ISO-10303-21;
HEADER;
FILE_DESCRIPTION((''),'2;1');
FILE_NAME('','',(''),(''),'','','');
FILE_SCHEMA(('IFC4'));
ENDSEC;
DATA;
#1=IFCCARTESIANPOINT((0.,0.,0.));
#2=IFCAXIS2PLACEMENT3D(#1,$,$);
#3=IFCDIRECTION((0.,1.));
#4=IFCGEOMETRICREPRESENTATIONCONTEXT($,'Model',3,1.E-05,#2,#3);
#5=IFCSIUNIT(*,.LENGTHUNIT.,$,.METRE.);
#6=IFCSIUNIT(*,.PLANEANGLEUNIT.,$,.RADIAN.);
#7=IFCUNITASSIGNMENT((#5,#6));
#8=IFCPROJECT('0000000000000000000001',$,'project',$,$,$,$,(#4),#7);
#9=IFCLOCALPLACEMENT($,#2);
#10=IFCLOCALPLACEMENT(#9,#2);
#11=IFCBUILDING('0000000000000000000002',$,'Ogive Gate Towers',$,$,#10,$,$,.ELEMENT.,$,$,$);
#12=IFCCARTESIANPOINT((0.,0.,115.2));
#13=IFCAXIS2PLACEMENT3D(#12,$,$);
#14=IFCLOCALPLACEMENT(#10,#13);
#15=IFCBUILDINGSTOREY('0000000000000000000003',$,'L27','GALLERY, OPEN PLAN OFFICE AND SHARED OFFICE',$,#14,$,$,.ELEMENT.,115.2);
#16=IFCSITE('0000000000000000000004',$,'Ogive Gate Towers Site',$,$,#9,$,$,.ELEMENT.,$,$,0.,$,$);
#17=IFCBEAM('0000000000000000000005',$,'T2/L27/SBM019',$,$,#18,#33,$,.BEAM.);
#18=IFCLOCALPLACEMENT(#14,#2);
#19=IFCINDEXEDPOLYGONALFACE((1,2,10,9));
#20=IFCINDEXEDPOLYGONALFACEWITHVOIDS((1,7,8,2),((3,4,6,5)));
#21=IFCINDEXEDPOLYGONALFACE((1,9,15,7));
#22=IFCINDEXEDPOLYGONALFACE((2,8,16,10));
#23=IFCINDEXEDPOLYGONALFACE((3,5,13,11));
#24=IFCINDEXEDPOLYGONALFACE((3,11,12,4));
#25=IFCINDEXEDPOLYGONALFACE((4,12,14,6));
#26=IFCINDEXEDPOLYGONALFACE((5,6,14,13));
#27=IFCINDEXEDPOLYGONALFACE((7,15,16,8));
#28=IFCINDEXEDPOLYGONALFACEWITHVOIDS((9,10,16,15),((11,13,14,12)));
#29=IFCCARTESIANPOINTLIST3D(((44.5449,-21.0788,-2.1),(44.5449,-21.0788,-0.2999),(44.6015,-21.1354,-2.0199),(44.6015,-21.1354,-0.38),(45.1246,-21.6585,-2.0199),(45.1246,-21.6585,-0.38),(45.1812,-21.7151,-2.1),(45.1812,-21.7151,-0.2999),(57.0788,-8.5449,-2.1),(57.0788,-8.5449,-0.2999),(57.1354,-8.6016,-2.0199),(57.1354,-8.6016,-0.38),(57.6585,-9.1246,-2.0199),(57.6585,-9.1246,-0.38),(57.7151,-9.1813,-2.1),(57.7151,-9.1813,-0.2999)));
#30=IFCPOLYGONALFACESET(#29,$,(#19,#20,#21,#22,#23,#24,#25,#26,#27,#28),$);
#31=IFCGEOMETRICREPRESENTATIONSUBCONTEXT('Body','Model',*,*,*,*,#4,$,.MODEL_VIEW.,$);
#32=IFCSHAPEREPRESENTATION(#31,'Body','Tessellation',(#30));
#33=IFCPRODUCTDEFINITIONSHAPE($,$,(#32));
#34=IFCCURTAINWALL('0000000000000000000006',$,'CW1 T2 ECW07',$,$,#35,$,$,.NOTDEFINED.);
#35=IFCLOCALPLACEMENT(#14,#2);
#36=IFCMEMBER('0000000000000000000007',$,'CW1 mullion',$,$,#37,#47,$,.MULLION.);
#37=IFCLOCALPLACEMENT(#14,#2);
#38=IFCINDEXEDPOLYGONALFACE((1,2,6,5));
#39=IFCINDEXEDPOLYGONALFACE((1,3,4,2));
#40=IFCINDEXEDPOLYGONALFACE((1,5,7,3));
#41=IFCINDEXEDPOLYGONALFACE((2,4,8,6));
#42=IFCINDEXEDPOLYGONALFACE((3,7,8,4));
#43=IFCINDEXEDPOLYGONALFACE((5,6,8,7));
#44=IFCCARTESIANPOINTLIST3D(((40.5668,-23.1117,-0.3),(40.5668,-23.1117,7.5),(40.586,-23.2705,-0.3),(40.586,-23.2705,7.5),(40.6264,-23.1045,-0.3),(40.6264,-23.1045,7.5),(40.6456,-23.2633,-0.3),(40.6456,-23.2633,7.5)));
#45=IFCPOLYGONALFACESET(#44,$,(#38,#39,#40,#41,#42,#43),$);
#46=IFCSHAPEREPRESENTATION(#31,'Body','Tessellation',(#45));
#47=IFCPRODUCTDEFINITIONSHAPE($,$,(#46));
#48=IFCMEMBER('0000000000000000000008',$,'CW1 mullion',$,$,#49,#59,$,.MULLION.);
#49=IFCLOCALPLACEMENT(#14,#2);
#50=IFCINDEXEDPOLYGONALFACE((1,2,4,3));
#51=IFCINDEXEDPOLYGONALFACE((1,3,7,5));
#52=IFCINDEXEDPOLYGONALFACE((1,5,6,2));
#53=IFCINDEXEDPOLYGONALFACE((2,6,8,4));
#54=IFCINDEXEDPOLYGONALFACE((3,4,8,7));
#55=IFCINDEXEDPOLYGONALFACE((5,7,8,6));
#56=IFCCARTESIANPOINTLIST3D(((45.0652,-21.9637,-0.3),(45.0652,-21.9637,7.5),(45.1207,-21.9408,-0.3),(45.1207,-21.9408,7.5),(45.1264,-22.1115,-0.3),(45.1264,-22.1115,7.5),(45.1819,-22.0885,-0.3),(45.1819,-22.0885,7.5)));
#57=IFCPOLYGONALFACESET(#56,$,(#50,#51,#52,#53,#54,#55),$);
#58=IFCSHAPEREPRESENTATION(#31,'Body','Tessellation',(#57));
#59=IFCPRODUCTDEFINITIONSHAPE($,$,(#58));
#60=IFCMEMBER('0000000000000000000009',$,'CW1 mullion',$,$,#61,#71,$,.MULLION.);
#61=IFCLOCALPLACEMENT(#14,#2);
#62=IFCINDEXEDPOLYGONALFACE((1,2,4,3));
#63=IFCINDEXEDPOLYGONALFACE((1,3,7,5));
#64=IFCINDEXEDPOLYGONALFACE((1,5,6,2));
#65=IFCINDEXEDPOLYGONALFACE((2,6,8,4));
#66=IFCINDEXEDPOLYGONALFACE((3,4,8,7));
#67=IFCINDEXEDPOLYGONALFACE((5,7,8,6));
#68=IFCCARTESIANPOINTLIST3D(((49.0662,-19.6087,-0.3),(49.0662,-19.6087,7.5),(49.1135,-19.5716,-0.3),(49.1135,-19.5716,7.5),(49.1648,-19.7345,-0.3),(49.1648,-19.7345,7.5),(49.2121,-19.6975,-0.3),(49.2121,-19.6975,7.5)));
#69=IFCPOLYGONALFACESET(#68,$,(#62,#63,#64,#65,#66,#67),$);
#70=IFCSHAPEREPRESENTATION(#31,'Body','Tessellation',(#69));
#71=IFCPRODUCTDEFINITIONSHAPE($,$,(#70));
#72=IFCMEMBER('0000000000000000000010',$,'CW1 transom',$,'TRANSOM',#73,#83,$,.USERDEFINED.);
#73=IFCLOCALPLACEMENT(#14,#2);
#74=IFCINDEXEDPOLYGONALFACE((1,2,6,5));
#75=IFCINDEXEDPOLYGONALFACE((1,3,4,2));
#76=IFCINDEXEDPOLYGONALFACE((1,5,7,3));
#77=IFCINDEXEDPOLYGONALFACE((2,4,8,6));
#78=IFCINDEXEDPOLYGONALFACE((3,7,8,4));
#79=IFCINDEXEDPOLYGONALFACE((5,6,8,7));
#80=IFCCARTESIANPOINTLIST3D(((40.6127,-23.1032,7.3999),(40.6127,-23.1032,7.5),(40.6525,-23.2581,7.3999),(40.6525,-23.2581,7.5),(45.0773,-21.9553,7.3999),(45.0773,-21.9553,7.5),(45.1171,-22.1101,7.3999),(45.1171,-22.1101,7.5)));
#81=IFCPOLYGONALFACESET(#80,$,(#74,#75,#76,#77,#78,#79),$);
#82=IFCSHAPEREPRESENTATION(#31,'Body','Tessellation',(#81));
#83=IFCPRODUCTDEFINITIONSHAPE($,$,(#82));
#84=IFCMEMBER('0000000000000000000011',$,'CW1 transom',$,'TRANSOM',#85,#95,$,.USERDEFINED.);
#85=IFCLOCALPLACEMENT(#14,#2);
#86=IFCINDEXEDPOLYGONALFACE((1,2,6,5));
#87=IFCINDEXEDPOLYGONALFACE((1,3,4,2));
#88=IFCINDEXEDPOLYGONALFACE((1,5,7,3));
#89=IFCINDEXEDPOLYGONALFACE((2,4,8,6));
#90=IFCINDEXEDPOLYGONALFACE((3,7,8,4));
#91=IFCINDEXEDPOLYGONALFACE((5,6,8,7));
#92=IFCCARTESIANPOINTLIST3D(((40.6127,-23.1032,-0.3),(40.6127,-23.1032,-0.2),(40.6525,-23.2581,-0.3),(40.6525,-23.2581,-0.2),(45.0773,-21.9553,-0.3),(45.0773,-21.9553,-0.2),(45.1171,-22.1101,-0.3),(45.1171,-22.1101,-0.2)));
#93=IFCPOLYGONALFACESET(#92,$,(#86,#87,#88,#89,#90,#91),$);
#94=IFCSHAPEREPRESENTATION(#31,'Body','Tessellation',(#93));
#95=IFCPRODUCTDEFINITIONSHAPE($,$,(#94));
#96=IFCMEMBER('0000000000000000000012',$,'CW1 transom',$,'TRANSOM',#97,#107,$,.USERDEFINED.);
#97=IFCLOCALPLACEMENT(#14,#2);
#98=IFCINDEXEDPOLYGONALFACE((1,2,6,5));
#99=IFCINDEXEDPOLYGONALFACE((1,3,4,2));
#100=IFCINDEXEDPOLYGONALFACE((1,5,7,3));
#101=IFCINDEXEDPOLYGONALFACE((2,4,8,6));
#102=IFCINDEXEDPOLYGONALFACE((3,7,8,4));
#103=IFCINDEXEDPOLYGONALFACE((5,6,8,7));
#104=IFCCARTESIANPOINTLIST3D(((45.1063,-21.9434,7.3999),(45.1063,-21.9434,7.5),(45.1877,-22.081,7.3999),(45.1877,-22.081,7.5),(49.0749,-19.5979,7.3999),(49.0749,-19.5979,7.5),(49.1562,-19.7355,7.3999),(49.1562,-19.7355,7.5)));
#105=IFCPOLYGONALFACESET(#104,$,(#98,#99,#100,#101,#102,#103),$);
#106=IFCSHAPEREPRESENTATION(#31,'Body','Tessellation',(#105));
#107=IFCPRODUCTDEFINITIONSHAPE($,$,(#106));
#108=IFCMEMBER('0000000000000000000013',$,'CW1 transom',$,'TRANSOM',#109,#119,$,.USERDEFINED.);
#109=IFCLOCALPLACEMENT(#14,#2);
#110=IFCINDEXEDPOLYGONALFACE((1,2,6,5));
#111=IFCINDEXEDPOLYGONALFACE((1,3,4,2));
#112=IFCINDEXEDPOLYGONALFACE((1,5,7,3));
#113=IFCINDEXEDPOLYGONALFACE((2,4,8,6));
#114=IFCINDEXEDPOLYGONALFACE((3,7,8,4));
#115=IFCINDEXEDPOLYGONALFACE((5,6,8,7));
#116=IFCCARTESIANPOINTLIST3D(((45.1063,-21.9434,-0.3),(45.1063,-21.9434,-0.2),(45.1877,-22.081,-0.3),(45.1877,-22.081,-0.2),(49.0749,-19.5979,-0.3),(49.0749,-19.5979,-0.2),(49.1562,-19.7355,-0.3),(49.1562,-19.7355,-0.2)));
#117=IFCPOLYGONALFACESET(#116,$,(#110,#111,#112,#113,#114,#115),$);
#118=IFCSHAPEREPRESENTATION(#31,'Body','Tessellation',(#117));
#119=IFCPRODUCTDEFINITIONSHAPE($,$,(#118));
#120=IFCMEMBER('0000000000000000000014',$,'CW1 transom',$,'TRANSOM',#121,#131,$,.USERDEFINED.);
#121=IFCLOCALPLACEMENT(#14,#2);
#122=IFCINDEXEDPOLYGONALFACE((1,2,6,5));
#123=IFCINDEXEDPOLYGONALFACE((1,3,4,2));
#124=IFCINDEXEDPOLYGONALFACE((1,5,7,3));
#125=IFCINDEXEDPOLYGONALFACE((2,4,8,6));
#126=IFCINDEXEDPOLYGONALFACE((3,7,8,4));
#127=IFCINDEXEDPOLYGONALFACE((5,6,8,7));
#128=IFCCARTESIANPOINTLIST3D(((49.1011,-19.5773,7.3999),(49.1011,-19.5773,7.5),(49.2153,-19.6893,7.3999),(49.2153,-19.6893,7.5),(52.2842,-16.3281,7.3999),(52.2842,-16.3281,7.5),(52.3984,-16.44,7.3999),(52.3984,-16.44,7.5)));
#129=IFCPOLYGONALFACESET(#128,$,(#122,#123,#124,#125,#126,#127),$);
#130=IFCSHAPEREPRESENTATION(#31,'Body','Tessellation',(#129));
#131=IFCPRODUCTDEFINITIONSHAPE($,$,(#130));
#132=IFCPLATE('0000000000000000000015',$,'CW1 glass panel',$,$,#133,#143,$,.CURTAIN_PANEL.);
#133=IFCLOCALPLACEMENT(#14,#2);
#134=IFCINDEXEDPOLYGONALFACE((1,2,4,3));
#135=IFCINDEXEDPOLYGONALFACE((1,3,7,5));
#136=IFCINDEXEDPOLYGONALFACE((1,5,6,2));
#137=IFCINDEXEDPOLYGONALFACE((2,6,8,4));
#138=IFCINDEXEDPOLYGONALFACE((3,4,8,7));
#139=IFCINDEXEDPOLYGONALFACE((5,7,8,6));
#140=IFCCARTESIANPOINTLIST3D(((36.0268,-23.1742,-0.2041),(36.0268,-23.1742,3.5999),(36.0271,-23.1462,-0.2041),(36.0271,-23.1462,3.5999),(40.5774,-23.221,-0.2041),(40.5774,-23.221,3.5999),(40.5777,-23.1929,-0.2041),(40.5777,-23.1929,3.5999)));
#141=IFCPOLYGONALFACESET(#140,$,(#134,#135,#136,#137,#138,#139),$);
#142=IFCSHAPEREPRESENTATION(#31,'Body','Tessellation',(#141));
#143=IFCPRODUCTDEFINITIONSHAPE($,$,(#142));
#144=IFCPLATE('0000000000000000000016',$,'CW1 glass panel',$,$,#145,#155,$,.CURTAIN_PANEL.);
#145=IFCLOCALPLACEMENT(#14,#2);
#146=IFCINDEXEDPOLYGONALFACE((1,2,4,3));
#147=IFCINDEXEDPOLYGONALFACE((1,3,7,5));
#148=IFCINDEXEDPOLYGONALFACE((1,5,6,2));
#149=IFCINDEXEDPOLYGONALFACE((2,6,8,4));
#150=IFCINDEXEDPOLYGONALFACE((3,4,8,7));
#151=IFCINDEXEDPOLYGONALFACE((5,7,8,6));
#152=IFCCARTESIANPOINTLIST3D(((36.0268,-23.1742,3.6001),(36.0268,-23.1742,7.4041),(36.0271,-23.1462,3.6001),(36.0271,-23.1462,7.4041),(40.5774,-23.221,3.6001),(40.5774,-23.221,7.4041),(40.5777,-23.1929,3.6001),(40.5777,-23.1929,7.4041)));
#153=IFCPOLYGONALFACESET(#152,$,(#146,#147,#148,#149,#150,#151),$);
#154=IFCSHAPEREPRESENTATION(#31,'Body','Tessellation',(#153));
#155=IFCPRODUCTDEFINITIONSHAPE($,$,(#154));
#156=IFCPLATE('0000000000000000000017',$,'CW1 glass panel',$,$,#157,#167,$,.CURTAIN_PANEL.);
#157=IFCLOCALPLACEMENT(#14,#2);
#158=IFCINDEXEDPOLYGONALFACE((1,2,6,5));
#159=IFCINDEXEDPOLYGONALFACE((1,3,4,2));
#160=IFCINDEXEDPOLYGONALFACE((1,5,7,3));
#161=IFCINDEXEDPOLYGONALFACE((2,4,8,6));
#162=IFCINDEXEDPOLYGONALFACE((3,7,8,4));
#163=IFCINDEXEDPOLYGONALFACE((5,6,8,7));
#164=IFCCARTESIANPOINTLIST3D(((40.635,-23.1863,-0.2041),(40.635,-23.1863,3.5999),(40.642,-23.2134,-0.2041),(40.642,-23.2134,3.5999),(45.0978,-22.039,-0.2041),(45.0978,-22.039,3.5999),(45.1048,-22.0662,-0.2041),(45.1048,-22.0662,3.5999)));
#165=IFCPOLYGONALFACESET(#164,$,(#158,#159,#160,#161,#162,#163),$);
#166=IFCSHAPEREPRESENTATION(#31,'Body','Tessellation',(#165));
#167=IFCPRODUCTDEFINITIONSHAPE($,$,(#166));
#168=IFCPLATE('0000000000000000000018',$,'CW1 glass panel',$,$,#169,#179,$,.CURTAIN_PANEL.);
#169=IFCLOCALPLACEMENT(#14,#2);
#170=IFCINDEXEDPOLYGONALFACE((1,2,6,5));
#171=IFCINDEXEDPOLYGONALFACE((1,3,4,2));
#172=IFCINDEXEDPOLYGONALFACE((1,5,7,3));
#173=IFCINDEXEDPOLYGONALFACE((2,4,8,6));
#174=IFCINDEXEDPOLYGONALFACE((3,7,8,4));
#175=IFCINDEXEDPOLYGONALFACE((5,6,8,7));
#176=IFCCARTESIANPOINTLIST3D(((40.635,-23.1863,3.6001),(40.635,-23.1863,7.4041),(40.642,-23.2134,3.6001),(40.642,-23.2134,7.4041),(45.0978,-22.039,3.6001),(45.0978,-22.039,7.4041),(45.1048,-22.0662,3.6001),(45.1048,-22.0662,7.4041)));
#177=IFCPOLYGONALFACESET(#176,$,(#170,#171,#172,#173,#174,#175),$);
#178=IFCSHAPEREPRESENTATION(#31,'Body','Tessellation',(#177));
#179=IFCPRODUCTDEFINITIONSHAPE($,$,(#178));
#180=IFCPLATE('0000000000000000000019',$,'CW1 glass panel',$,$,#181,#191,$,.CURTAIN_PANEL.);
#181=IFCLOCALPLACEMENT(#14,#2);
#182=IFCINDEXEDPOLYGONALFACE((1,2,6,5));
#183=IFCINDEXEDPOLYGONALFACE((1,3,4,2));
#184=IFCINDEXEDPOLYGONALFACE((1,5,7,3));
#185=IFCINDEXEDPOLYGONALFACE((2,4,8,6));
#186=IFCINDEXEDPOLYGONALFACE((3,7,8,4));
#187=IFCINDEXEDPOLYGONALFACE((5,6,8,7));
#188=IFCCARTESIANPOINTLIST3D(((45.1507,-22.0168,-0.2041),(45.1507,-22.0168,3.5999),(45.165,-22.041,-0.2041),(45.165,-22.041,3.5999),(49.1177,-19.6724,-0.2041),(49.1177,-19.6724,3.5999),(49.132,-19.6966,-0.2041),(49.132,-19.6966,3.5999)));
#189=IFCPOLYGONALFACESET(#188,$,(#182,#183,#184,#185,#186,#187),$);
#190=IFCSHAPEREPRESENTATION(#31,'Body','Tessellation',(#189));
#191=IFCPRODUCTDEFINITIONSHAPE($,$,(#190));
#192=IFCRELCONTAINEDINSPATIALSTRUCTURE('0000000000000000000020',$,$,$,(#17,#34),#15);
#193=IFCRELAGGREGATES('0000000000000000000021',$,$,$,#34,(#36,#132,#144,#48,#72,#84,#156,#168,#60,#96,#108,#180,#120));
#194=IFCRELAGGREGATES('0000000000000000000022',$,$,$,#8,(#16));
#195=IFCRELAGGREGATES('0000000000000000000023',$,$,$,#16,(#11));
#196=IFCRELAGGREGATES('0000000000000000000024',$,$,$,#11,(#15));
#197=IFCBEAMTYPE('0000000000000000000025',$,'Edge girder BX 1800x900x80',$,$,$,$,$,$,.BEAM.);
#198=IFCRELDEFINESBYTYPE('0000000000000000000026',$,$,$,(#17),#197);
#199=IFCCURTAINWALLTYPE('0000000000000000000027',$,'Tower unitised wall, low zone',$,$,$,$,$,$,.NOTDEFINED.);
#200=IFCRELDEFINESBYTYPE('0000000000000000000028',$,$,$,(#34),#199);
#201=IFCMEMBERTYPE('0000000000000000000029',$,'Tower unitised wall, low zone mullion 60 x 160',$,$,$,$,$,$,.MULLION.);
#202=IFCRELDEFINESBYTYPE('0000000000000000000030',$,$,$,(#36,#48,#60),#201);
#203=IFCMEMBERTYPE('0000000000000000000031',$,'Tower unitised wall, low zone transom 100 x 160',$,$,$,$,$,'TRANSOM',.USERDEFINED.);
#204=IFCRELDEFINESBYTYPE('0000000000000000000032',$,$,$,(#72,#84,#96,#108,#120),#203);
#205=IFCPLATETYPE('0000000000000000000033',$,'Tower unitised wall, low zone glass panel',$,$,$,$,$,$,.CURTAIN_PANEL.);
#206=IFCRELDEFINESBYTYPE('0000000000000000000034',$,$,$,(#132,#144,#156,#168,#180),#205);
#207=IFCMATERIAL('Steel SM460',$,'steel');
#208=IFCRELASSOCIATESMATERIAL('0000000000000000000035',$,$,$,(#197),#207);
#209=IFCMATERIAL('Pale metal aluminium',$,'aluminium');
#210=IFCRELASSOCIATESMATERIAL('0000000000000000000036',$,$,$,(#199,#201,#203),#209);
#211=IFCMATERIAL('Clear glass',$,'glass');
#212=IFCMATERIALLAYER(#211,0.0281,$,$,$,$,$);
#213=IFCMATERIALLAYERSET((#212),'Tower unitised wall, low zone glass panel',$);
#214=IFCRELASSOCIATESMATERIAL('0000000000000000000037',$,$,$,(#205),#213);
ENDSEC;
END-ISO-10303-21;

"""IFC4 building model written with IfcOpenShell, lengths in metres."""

from ifc_helpers import new_model, si_unit, direction, frame, origin, origin_2d, place, context, subcontext, project, spatial, rectangle, hollow_rectangle, extrude, material, layer, layer_set, material_profile, profile_set, type_object, element, aggregate, save


model = new_model("IFC4")

# Units and contexts
model_context = context("Model", 3, precision=1e-05, world=origin(), true_north=direction((0.0, 1.0)))
body_context = subcontext(model_context, "Body", "Model", "MODEL_VIEW")
ifc_project = project(units=[si_unit("LENGTHUNIT", "METRE"), si_unit("PLANEANGLEUNIT", "RADIAN")], contexts=[model_context])

# Site, building, storey
site_placement = place(None, origin())
site = spatial("IfcSite", under=ifc_project, at=site_placement, Name="Ogive Gate Towers Site", CompositionType="ELEMENT", RefElevation=0.0)
building_placement = place(site_placement, origin())
building = spatial("IfcBuilding", under=site, at=building_placement, Name="Ogive Gate Towers", CompositionType="ELEMENT")
storey_placement = place(building_placement, frame((0.0, 0.0, 115.2)))
storey = spatial("IfcBuildingStorey", under=building, at=storey_placement, Name="L27", Description="GALLERY, OPEN PLAN OFFICE AND SHARED OFFICE", CompositionType="ELEMENT", Elevation=115.2)

# Beam
ifc_material_1 = material(Name="Steel SM460", Category="steel")
ifc_material_profile_1 = material_profile(ifc_material_1, hollow_rectangle(XDim=0.8999, YDim=1.8, WallThickness=0.0801, at=origin_2d()), Name="BX 1800x900x80")
ifc_profile_set_1 = profile_set([ifc_material_profile_1], Name="Steel SM460")
beam_type = type_object("IfcBeamType", Name="Edge girder BX 1800x900x80", PredefinedType="BEAM", material=ifc_profile_set_1)
beam_placement = place(storey_placement, frame((44.863, -21.397, -1.2), z_axis=(0.707107, 0.707107, 0.0), x_axis=(-0.707107, 0.707107, 0.0)))
element("IfcBeam", 1, at=beam_placement, inside=storey, type_object=beam_type, Name="T2/L27/SBM019", PredefinedType="BEAM", context=body_context, shape_type="SweptSolid", body=[
    extrude(hollow_rectangle(XDim=0.8999, YDim=1.8, WallThickness=0.0801, at=origin_2d()), origin(), (0.0, 0.0, 1.0), 17.7256),
])

# Curtain wall, members, plates
ifc_material_2 = material(Name="Pale metal aluminium", Category="aluminium")
curtain_wall_type = type_object("IfcCurtainWallType", Name="Tower unitised wall, low zone", PredefinedType="NOTDEFINED", material=ifc_material_2)
curtain_wall_placement = place(storey_placement, origin())
curtain_wall = element("IfcCurtainWall", 2, at=curtain_wall_placement, inside=storey, type_object=curtain_wall_type, Name="CW1 T2 ECW07", PredefinedType="NOTDEFINED")
ifc_material_profile_2 = material_profile(ifc_material_2, rectangle(XDim=0.1599, YDim=0.0601, at=origin_2d()), Name="60 x 160 aluminium box")
ifc_profile_set_2 = profile_set([ifc_material_profile_2], Name="Pale metal aluminium")
member_type_1 = type_object("IfcMemberType", Name="Tower unitised wall, low zone mullion 60 x 160", PredefinedType="MULLION", material=ifc_profile_set_2)
member_1_placement = place(storey_placement, frame((40.6062, -23.1875, -0.3), z_axis=(0.0, 0.0, 1.0), x_axis=(0.120379, -0.992728, 0.0)))
member_1 = element("IfcMember", 3, at=member_1_placement, type_object=member_type_1, Name="CW1 mullion", PredefinedType="MULLION", context=body_context, shape_type="SweptSolid", body=[
    extrude(rectangle(XDim=0.1599, YDim=0.0601, at=origin_2d()), origin(), (0.0, 0.0, 1.0), 7.8),
])
member_2_placement = place(storey_placement, frame((45.1235, -22.0261, -0.3), z_axis=(0.0, 0.0, 1.0), x_axis=(0.382683, -0.92388, 0.0)))
member_2 = element("IfcMember", 4, at=member_2_placement, type_object=member_type_1, Name="CW1 mullion", PredefinedType="MULLION", context=body_context, shape_type="SweptSolid", body=[
    extrude(rectangle(XDim=0.1599, YDim=0.0601, at=origin_2d()), origin(), (0.0, 0.0, 1.0), 7.8),
])
member_3_placement = place(storey_placement, frame((49.1392, -19.6531, -0.3), z_axis=(0.0, 0.0, 1.0), x_axis=(0.616844, -0.787086, 0.0)))
member_3 = element("IfcMember", 5, at=member_3_placement, type_object=member_type_1, Name="CW1 mullion", PredefinedType="MULLION", context=body_context, shape_type="SweptSolid", body=[
    extrude(rectangle(XDim=0.1599, YDim=0.0601, at=origin_2d()), origin(), (0.0, 0.0, 1.0), 7.8),
])
ifc_material_profile_3 = material_profile(ifc_material_2, rectangle(XDim=0.1599, YDim=0.1001, at=origin_2d()), Name="100 x 160 aluminium box")
ifc_profile_set_3 = profile_set([ifc_material_profile_3], Name="Pale metal aluminium")
member_type_2 = type_object("IfcMemberType", Name="Tower unitised wall, low zone transom 100 x 160", ElementType="TRANSOM", PredefinedType="USERDEFINED", material=ifc_profile_set_3)
member_4_placement = place(storey_placement, frame((40.6326, -23.1807, 7.45), z_axis=(0.968498, 0.249023, 0.0), x_axis=(-0.249023, 0.968498, 0.0)))
member_4 = element("IfcMember", 6, at=member_4_placement, type_object=member_type_2, Name="CW1 transom", ObjectType="TRANSOM", PredefinedType="USERDEFINED", context=body_context, shape_type="SweptSolid", body=[
    extrude(rectangle(XDim=0.1599, YDim=0.1001, at=origin_2d()), origin(), (0.0, 0.0, 1.0), 4.6099),
])
member_5_placement = place(storey_placement, frame((40.6326, -23.1807, -0.25), z_axis=(0.968498, 0.249023, 0.0), x_axis=(-0.249023, 0.968498, 0.0)))
member_5 = element("IfcMember", 7, at=member_5_placement, type_object=member_type_2, Name="CW1 transom", ObjectType="TRANSOM", PredefinedType="USERDEFINED", context=body_context, shape_type="SweptSolid", body=[
    extrude(rectangle(XDim=0.1599, YDim=0.1001, at=origin_2d()), origin(), (0.0, 0.0, 1.0), 4.6099),
])
member_6_placement = place(storey_placement, frame((45.147, -22.0122, 7.45), z_axis=(0.860885, 0.508799, 0.0), x_axis=(-0.508799, 0.860885, 0.0)))
member_6 = element("IfcMember", 8, at=member_6_placement, type_object=member_type_2, Name="CW1 transom", ObjectType="TRANSOM", PredefinedType="USERDEFINED", context=body_context, shape_type="SweptSolid", body=[
    extrude(rectangle(XDim=0.1599, YDim=0.1001, at=origin_2d()), origin(), (0.0, 0.0, 1.0), 4.6099),
])
member_7_placement = place(storey_placement, frame((45.147, -22.0122, -0.25), z_axis=(0.860885, 0.508799, 0.0), x_axis=(-0.508799, 0.860885, 0.0)))
member_7 = element("IfcMember", 9, at=member_7_placement, type_object=member_type_2, Name="CW1 transom", ObjectType="TRANSOM", PredefinedType="USERDEFINED", context=body_context, shape_type="SweptSolid", body=[
    extrude(rectangle(XDim=0.1599, YDim=0.1001, at=origin_2d()), origin(), (0.0, 0.0, 1.0), 4.6099),
])
member_8_placement = place(storey_placement, frame((49.1582, -19.6333, 7.45), z_axis=(0.699797, 0.714342, 0.0), x_axis=(-0.714342, 0.699797, 0.0)))
member_8 = element("IfcMember", 10, at=member_8_placement, type_object=member_type_2, Name="CW1 transom", ObjectType="TRANSOM", PredefinedType="USERDEFINED", context=body_context, shape_type="SweptSolid", body=[
    extrude(rectangle(XDim=0.1599, YDim=0.1001, at=origin_2d()), origin(), (0.0, 0.0, 1.0), 4.5486),
])
ifc_material_3 = material(Name="Clear glass", Category="glass")
ifc_layer = layer(ifc_material_3, 0.0281)
ifc_layer_set = layer_set([ifc_layer], Name="Tower unitised wall, low zone glass panel")
plate_type = type_object("IfcPlateType", Name="Tower unitised wall, low zone glass panel", PredefinedType="CURTAIN_PANEL", material=ifc_layer_set)
plate_1_placement = place(storey_placement, frame((38.3022, -23.1836, -0.2041), z_axis=(0.0, 0.0, 1.0), x_axis=(0.999947, -0.01028, 0.0)))
plate_1 = element("IfcPlate", 11, at=plate_1_placement, type_object=plate_type, Name="CW1 glass panel", PredefinedType="CURTAIN_PANEL", context=body_context, shape_type="SweptSolid", body=[
    extrude(rectangle(XDim=4.5508, YDim=0.0281, at=origin_2d()), origin(), (0.0, 0.0, 1.0), 3.804),
])
plate_2_placement = place(storey_placement, frame((38.3022, -23.1836, 3.6001), z_axis=(0.0, 0.0, 1.0), x_axis=(0.999947, -0.01028, 0.0)))
plate_2 = element("IfcPlate", 12, at=plate_2_placement, type_object=plate_type, Name="CW1 glass panel", PredefinedType="CURTAIN_PANEL", context=body_context, shape_type="SweptSolid", body=[
    extrude(rectangle(XDim=4.5508, YDim=0.0281, at=origin_2d()), origin(), (0.0, 0.0, 1.0), 3.804),
])
plate_3_placement = place(storey_placement, frame((42.8699, -22.6262, -0.2041), z_axis=(0.0, 0.0, 1.0), x_axis=(0.968509, 0.248977, 0.0)))
plate_3 = element("IfcPlate", 13, at=plate_3_placement, type_object=plate_type, Name="CW1 glass panel", PredefinedType="CURTAIN_PANEL", context=body_context, shape_type="SweptSolid", body=[
    extrude(rectangle(XDim=4.6079, YDim=0.0281, at=origin_2d()), origin(), (0.0, 0.0, 1.0), 3.804),
])
plate_4_placement = place(storey_placement, frame((42.8699, -22.6262, 3.6001), z_axis=(0.0, 0.0, 1.0), x_axis=(0.968509, 0.248977, 0.0)))
plate_4 = element("IfcPlate", 14, at=plate_4_placement, type_object=plate_type, Name="CW1 glass panel", PredefinedType="CURTAIN_PANEL", context=body_context, shape_type="SweptSolid", body=[
    extrude(rectangle(XDim=4.6079, YDim=0.0281, at=origin_2d()), origin(), (0.0, 0.0, 1.0), 3.804),
])
plate_5_placement = place(storey_placement, frame((47.1414, -20.8567, -0.2041), z_axis=(0.0, 0.0, 1.0), x_axis=(0.860902, 0.508771, 0.0)))
plate_5 = element("IfcPlate", 15, at=plate_5_placement, type_object=plate_type, Name="CW1 glass panel", PredefinedType="CURTAIN_PANEL", context=body_context, shape_type="SweptSolid", body=[
    extrude(rectangle(XDim=4.6079, YDim=0.0281, at=origin_2d()), origin(), (0.0, 0.0, 1.0), 3.804),
])
aggregate(curtain_wall, [member_1, plate_1, plate_2, member_2, member_4, member_5, plate_3, plate_4, member_3, member_6, member_7, plate_5, member_8])

save(model, "model.ifc")
